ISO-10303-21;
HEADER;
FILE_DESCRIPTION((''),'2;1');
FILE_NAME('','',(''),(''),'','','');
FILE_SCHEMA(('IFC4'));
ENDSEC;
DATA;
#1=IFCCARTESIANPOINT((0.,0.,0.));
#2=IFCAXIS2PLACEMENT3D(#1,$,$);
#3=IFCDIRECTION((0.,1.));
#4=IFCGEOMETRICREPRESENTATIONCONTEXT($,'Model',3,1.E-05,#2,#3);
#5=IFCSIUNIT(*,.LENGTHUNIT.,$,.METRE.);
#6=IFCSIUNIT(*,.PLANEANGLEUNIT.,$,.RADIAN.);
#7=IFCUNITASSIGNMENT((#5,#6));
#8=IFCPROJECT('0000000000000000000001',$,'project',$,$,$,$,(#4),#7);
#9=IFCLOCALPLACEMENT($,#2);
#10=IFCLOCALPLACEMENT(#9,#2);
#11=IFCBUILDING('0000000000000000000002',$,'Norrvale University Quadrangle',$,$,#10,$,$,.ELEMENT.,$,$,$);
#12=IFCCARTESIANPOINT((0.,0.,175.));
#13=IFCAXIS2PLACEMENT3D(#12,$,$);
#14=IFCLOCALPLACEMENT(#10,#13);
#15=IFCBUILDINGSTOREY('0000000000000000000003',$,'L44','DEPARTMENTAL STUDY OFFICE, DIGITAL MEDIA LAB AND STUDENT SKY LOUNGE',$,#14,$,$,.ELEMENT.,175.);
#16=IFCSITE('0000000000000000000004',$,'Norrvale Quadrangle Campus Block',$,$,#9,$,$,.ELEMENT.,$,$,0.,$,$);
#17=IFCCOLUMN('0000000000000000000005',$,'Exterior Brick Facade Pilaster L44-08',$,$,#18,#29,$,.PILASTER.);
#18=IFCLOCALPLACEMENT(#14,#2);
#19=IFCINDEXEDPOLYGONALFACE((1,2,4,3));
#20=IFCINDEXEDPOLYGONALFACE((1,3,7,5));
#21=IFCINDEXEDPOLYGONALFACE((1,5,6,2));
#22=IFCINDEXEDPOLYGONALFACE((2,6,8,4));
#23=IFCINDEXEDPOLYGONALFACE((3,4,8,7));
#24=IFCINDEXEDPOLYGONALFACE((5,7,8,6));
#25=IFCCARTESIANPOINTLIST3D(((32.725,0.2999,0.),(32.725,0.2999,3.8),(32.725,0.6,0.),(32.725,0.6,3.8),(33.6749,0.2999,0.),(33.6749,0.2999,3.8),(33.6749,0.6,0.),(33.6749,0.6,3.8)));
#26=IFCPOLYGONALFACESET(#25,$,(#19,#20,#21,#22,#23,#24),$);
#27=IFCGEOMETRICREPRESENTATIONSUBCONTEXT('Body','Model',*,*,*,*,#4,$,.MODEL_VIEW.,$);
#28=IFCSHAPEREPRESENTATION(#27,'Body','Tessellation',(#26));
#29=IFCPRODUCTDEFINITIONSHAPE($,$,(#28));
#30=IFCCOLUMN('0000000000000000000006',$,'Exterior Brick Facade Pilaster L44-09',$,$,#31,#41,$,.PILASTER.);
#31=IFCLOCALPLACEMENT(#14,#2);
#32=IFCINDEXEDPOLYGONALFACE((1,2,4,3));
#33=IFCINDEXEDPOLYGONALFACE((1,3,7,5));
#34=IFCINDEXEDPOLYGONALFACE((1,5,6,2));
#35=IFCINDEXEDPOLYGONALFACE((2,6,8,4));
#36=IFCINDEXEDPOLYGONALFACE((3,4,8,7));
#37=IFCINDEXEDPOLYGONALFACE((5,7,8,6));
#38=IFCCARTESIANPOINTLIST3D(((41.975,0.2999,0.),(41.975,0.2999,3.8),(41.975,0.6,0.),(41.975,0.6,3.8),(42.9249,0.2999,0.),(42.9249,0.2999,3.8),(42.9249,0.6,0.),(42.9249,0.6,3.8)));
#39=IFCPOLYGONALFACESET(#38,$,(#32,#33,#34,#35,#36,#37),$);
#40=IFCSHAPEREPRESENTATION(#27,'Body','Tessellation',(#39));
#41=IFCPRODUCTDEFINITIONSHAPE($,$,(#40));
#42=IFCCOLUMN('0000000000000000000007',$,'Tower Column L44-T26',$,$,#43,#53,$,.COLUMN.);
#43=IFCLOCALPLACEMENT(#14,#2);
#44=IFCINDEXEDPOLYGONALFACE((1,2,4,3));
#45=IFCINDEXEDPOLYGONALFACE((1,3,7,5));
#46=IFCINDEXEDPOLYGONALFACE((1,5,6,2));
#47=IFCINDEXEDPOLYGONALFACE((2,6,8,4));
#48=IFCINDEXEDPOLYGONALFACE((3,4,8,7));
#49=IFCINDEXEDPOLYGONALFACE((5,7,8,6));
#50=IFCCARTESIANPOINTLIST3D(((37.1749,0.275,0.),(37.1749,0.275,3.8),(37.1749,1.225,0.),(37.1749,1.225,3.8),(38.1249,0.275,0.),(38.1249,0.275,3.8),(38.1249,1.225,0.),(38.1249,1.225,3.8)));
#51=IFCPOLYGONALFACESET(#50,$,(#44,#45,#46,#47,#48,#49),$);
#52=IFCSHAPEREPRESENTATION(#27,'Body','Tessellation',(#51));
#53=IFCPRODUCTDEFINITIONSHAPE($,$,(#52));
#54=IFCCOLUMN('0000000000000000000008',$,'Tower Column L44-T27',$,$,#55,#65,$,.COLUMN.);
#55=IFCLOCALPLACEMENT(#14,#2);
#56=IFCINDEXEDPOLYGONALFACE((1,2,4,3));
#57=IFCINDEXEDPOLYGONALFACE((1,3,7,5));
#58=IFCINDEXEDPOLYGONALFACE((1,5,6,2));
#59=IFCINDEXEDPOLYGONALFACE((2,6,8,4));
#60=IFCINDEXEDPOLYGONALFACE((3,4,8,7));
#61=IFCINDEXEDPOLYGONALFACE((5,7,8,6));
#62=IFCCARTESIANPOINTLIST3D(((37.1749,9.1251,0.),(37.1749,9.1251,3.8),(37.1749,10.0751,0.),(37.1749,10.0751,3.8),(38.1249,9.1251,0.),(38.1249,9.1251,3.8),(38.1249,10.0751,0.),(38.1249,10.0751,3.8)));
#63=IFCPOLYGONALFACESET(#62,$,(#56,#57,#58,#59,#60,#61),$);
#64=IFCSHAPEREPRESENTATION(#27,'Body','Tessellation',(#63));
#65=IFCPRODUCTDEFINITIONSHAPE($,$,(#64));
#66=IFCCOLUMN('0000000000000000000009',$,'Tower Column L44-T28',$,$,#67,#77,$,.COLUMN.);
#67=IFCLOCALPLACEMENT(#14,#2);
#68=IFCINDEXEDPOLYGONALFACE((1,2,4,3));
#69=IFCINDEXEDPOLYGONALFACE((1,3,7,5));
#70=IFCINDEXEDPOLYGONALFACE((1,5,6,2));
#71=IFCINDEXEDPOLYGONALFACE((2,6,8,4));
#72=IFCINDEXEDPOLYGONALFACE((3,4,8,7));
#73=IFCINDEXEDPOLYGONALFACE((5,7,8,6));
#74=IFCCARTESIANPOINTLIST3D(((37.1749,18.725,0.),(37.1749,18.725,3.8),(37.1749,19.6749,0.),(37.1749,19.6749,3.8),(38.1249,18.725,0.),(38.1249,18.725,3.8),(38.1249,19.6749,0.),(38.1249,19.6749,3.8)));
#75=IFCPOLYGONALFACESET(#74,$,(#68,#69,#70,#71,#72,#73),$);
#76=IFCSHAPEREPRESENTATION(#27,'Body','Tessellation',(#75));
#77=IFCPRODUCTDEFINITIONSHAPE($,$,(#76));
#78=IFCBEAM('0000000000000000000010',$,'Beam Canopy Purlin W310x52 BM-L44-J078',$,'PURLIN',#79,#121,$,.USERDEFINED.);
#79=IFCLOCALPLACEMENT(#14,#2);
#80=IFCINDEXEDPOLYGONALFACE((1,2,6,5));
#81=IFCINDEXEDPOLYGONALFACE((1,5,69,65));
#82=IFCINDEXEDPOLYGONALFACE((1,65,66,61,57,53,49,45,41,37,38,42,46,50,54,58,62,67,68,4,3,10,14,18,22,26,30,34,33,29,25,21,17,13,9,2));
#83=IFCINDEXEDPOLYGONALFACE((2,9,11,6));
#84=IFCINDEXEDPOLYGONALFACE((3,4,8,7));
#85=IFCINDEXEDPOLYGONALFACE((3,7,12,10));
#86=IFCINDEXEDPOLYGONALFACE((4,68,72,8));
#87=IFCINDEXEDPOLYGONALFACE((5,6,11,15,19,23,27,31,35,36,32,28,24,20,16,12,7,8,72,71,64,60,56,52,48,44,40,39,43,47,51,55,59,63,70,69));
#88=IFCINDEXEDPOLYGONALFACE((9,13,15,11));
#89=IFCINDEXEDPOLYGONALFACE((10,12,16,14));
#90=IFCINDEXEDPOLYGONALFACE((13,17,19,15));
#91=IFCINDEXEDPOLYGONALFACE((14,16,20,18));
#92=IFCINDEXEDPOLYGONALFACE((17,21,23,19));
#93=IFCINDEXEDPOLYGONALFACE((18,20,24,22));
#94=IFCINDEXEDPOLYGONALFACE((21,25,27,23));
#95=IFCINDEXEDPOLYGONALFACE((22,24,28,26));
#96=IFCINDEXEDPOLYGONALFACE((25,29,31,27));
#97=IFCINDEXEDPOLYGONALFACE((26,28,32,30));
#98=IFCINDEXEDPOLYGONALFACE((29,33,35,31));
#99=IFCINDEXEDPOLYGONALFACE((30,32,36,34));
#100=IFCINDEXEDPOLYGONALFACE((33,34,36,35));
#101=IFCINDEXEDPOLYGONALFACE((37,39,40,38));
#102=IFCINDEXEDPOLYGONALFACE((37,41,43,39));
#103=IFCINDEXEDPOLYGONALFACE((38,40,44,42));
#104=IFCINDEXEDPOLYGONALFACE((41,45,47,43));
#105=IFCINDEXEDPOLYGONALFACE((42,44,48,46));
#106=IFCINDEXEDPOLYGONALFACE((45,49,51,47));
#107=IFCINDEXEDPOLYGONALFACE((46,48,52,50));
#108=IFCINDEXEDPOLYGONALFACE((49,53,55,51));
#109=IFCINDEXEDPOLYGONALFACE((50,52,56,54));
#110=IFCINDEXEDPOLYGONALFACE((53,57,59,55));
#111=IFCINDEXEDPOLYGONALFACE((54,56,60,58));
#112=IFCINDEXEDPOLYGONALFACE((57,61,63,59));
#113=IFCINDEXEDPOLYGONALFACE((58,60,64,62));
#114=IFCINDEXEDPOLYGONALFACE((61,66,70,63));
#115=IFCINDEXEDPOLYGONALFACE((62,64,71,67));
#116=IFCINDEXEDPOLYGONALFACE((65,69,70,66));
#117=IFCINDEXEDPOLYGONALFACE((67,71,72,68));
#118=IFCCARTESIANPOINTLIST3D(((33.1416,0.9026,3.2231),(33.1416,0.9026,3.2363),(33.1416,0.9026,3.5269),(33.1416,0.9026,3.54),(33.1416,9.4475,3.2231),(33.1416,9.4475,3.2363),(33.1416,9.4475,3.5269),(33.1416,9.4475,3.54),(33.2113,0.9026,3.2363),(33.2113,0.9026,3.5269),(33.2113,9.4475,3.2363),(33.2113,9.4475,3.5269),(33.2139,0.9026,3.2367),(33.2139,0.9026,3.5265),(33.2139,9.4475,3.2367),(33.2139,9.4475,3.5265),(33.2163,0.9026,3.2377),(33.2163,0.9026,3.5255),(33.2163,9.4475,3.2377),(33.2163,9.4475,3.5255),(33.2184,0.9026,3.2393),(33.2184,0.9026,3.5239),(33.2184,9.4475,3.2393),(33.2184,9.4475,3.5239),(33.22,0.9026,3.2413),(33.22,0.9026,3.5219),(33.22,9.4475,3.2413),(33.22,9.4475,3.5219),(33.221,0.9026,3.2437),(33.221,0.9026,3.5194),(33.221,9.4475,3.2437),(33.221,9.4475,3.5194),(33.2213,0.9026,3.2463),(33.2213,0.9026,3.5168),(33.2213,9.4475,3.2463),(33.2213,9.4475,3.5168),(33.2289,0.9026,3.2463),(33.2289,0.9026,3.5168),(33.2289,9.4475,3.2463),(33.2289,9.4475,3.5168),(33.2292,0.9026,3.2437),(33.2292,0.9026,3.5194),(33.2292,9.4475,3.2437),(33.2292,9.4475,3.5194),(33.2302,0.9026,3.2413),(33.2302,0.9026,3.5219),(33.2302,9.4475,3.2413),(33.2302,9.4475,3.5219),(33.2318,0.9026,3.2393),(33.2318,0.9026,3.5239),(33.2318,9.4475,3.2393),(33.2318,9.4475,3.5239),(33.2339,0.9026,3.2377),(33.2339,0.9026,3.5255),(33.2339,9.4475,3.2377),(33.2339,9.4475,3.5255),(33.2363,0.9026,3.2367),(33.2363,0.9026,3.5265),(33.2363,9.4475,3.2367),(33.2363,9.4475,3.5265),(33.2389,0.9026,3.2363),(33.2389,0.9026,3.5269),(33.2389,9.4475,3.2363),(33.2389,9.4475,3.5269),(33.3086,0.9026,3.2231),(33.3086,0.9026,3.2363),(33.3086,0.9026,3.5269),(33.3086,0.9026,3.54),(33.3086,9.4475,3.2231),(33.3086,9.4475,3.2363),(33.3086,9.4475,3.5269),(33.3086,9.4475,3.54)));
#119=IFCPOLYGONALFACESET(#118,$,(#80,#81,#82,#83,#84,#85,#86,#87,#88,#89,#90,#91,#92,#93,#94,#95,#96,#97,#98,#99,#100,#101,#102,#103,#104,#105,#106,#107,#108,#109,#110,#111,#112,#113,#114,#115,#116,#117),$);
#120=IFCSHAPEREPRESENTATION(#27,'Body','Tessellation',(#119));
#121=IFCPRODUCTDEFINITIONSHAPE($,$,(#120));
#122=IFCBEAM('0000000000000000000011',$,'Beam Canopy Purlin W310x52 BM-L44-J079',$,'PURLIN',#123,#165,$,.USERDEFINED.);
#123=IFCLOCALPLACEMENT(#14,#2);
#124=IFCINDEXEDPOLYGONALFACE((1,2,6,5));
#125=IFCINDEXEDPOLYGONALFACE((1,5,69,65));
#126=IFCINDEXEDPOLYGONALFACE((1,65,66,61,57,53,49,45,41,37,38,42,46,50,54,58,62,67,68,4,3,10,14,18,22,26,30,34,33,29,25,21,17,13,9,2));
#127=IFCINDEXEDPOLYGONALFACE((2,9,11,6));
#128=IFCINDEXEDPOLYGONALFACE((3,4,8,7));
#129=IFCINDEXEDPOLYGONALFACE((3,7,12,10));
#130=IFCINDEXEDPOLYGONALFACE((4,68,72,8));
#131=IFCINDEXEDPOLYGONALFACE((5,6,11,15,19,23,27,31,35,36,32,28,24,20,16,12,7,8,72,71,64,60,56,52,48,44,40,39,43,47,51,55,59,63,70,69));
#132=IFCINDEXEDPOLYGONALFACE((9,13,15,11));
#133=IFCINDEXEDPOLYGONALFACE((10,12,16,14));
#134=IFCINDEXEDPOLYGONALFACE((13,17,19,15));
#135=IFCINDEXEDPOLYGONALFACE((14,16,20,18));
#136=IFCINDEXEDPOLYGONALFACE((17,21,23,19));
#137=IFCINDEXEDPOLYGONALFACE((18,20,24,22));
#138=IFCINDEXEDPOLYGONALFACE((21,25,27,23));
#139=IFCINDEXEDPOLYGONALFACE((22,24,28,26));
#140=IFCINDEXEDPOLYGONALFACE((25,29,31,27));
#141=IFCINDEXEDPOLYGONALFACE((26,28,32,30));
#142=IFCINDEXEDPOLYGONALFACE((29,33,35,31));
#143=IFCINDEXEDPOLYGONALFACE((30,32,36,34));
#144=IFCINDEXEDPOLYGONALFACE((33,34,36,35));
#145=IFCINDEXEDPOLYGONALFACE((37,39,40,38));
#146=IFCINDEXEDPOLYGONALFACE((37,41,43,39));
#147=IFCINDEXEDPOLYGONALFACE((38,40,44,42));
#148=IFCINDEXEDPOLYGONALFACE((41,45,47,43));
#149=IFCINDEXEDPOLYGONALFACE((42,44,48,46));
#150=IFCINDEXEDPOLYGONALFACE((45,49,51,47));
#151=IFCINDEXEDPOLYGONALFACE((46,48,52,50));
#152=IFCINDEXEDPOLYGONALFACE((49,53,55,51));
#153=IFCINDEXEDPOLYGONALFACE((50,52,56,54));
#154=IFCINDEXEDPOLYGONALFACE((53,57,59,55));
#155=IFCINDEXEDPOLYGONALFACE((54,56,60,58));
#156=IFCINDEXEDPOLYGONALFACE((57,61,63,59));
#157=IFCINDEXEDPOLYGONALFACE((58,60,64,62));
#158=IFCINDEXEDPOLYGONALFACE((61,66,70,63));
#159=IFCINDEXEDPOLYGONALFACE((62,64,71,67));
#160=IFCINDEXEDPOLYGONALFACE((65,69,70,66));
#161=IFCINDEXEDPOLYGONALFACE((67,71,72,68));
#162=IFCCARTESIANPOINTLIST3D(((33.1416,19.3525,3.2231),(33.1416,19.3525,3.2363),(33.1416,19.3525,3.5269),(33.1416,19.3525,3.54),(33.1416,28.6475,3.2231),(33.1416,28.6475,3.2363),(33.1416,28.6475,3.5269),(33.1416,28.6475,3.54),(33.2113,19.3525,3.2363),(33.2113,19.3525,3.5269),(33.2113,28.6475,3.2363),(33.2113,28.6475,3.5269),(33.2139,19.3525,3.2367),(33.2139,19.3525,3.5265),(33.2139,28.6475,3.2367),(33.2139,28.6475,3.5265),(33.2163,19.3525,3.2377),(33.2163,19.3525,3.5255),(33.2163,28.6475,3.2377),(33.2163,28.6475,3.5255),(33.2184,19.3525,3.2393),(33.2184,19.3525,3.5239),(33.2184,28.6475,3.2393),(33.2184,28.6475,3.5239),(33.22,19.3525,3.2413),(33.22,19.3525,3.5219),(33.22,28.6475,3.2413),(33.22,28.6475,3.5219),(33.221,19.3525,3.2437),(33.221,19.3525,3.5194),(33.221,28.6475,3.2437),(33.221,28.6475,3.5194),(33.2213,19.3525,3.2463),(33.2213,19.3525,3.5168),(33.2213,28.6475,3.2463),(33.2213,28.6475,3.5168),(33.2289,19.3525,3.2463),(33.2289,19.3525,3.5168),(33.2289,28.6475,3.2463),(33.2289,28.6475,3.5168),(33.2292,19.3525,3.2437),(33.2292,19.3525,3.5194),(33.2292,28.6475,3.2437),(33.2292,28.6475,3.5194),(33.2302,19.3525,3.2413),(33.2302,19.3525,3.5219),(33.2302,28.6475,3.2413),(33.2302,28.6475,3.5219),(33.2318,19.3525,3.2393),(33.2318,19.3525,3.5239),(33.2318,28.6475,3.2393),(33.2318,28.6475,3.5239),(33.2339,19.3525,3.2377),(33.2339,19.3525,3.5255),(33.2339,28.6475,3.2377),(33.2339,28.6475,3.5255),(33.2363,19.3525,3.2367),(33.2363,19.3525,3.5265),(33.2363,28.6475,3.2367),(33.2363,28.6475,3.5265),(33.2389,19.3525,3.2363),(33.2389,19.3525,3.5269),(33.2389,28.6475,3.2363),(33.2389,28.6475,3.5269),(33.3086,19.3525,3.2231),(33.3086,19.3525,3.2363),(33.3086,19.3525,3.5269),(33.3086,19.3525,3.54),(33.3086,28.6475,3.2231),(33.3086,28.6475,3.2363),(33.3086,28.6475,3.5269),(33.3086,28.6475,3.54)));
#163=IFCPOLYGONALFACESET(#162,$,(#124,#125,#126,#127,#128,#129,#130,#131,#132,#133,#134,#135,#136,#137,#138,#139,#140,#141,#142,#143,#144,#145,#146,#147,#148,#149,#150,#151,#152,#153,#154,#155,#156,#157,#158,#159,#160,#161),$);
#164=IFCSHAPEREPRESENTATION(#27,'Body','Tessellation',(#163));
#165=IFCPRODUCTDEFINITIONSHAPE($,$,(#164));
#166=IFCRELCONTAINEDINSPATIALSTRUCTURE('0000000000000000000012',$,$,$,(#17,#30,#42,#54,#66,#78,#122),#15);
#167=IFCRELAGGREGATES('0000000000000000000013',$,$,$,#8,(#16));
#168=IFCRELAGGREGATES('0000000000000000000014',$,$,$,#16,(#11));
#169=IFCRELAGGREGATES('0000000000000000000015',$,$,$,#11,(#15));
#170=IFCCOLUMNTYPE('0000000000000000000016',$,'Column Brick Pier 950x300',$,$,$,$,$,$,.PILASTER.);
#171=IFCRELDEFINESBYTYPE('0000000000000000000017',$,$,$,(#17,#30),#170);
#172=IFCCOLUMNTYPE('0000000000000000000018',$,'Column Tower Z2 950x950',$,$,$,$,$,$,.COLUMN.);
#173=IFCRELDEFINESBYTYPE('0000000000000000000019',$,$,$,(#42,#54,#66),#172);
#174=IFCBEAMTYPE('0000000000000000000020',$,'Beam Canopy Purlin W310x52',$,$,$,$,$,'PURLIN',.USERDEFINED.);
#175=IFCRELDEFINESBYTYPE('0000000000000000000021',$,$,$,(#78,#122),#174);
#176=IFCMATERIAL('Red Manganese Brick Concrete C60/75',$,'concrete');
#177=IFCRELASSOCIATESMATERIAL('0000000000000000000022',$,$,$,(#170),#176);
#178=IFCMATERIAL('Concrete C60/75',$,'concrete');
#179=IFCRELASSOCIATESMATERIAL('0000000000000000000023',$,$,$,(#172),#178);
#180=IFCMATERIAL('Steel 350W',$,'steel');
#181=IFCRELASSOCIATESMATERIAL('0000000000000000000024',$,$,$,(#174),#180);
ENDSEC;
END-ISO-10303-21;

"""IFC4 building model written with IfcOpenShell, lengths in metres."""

from ifc_helpers import new_model, si_unit, direction, frame, origin, origin_2d, place, context, subcontext, project, spatial, rectangle, i_section, extrude, material, material_profile, profile_set, type_object, element, save


model = new_model("IFC4")

# Units and contexts
model_context = context("Model", 3, precision=1e-05, world=origin(), true_north=direction((0.0, 1.0)))
body_context = subcontext(model_context, "Body", "Model", "MODEL_VIEW")
ifc_project = project(units=[si_unit("LENGTHUNIT", "METRE"), si_unit("PLANEANGLEUNIT", "RADIAN")], contexts=[model_context])

# Site, building, storey
site_placement = place(None, origin())
site = spatial("IfcSite", under=ifc_project, at=site_placement, Name="Norrvale Quadrangle Campus Block", CompositionType="ELEMENT", RefElevation=0.0)
building_placement = place(site_placement, origin())
building = spatial("IfcBuilding", under=site, at=building_placement, Name="Norrvale University Quadrangle", CompositionType="ELEMENT")
storey_placement = place(building_placement, frame((0.0, 0.0, 175.0)))
storey = spatial("IfcBuildingStorey", under=building, at=storey_placement, Name="L44", Description="DEPARTMENTAL STUDY OFFICE, DIGITAL MEDIA LAB AND STUDENT SKY LOUNGE", CompositionType="ELEMENT", Elevation=175.0)

# Columns
ifc_material_1 = material(Name="Red Manganese Brick Concrete C60/75", Category="concrete")
ifc_material_profile_1 = material_profile(ifc_material_1, rectangle(XDim=0.95, YDim=0.3, at=origin_2d()), Name="Red Manganese Brick Concrete C60/75")
ifc_profile_set_1 = profile_set([ifc_material_profile_1], Name="Red Manganese Brick Concrete C60/75")
column_type_1 = type_object("IfcColumnType", Name="Column Brick Pier 950x300", PredefinedType="PILASTER", material=ifc_profile_set_1)
for number, where, z_axis, x_axis, name in (
    (1, (33.2, 0.45, 0.0), (0.0, 0.0, 1.0), (1.0, 0.0, 0.0), "Exterior Brick Facade Pilaster L44-08"),
    (2, (42.45, 0.45, 0.0), (0.0, 0.0, 1.0), (1.0, 0.0, 0.0), "Exterior Brick Facade Pilaster L44-09"),
):
    element("IfcColumn", number, at=place(storey_placement, frame(where, z_axis=z_axis, x_axis=x_axis)), inside=storey, type_object=column_type_1, Name=name, PredefinedType="PILASTER", context=body_context, shape_type="SweptSolid", body=[
        extrude(rectangle(XDim=0.95, YDim=0.3, at=origin_2d()), origin(), (0.0, 0.0, 1.0), 3.8),
    ])
ifc_material_2 = material(Name="Concrete C60/75", Category="concrete")
ifc_material_profile_2 = material_profile(ifc_material_2, rectangle(XDim=0.95, YDim=0.95, at=origin_2d()), Name="Concrete C60/75")
ifc_profile_set_2 = profile_set([ifc_material_profile_2], Name="Concrete C60/75")
column_type_2 = type_object("IfcColumnType", Name="Column Tower Z2 950x950", PredefinedType="COLUMN", material=ifc_profile_set_2)
for number, where, z_axis, x_axis, name in (
    (3, (37.6499, 0.75, 0.0), (0.0, 0.0, 1.0), (1.0, 0.0, 0.0), "Tower Column L44-T26"),
    (4, (37.6499, 9.6001, 0.0), (0.0, 0.0, 1.0), (1.0, 0.0, 0.0), "Tower Column L44-T27"),
    (5, (37.6499, 19.2, 0.0), (0.0, 0.0, 1.0), (1.0, 0.0, 0.0), "Tower Column L44-T28"),
):
    element("IfcColumn", number, at=place(storey_placement, frame(where, z_axis=z_axis, x_axis=x_axis)), inside=storey, type_object=column_type_2, Name=name, PredefinedType="COLUMN", context=body_context, shape_type="SweptSolid", body=[
        extrude(rectangle(XDim=0.95, YDim=0.95, at=origin_2d()), origin(), (0.0, 0.0, 1.0), 3.8),
    ])

# Beams
ifc_material_3 = material(Name="Steel 350W", Category="steel")
ifc_material_profile_3 = material_profile(ifc_material_3, i_section(OverallWidth=0.167, OverallDepth=0.3169, WebThickness=0.0076, FlangeThickness=0.0132, FilletRadius=0.01, at=origin_2d()), Name="Steel 350W")
ifc_profile_set_3 = profile_set([ifc_material_profile_3], Name="Steel 350W")
beam_type_1 = type_object("IfcBeamType", Name="Beam Canopy Purlin W310x52", ElementType="PURLIN", PredefinedType="USERDEFINED", material=ifc_profile_set_3)
beam_1_placement = place(storey_placement, frame((33.2251, 0.9026, 3.3816), z_axis=(0.0, 1.0, 0.0), x_axis=(-1.0, 0.0, 0.0)))
element("IfcBeam", 6, at=beam_1_placement, inside=storey, type_object=beam_type_1, Name="Beam Canopy Purlin W310x52 BM-L44-J078", ObjectType="PURLIN", PredefinedType="USERDEFINED", context=body_context, shape_type="SweptSolid", body=[
    extrude(i_section(OverallWidth=0.167, OverallDepth=0.3169, WebThickness=0.0076, FlangeThickness=0.0132, FilletRadius=0.01, at=origin_2d()), origin(), (0.0, 0.0, 1.0), 8.5449),
])
beam_2_placement = place(storey_placement, frame((33.2251, 19.3525, 3.3816), z_axis=(0.0, 1.0, 0.0), x_axis=(-1.0, 0.0, 0.0)))
element("IfcBeam", 7, at=beam_2_placement, inside=storey, type_object=beam_type_1, Name="Beam Canopy Purlin W310x52 BM-L44-J079", ObjectType="PURLIN", PredefinedType="USERDEFINED", context=body_context, shape_type="SweptSolid", body=[
    extrude(i_section(OverallWidth=0.167, OverallDepth=0.3169, WebThickness=0.0076, FlangeThickness=0.0132, FilletRadius=0.01, at=origin_2d()), origin(), (0.0, 0.0, 1.0), 9.2949),
])

save(model, "model.ifc")
